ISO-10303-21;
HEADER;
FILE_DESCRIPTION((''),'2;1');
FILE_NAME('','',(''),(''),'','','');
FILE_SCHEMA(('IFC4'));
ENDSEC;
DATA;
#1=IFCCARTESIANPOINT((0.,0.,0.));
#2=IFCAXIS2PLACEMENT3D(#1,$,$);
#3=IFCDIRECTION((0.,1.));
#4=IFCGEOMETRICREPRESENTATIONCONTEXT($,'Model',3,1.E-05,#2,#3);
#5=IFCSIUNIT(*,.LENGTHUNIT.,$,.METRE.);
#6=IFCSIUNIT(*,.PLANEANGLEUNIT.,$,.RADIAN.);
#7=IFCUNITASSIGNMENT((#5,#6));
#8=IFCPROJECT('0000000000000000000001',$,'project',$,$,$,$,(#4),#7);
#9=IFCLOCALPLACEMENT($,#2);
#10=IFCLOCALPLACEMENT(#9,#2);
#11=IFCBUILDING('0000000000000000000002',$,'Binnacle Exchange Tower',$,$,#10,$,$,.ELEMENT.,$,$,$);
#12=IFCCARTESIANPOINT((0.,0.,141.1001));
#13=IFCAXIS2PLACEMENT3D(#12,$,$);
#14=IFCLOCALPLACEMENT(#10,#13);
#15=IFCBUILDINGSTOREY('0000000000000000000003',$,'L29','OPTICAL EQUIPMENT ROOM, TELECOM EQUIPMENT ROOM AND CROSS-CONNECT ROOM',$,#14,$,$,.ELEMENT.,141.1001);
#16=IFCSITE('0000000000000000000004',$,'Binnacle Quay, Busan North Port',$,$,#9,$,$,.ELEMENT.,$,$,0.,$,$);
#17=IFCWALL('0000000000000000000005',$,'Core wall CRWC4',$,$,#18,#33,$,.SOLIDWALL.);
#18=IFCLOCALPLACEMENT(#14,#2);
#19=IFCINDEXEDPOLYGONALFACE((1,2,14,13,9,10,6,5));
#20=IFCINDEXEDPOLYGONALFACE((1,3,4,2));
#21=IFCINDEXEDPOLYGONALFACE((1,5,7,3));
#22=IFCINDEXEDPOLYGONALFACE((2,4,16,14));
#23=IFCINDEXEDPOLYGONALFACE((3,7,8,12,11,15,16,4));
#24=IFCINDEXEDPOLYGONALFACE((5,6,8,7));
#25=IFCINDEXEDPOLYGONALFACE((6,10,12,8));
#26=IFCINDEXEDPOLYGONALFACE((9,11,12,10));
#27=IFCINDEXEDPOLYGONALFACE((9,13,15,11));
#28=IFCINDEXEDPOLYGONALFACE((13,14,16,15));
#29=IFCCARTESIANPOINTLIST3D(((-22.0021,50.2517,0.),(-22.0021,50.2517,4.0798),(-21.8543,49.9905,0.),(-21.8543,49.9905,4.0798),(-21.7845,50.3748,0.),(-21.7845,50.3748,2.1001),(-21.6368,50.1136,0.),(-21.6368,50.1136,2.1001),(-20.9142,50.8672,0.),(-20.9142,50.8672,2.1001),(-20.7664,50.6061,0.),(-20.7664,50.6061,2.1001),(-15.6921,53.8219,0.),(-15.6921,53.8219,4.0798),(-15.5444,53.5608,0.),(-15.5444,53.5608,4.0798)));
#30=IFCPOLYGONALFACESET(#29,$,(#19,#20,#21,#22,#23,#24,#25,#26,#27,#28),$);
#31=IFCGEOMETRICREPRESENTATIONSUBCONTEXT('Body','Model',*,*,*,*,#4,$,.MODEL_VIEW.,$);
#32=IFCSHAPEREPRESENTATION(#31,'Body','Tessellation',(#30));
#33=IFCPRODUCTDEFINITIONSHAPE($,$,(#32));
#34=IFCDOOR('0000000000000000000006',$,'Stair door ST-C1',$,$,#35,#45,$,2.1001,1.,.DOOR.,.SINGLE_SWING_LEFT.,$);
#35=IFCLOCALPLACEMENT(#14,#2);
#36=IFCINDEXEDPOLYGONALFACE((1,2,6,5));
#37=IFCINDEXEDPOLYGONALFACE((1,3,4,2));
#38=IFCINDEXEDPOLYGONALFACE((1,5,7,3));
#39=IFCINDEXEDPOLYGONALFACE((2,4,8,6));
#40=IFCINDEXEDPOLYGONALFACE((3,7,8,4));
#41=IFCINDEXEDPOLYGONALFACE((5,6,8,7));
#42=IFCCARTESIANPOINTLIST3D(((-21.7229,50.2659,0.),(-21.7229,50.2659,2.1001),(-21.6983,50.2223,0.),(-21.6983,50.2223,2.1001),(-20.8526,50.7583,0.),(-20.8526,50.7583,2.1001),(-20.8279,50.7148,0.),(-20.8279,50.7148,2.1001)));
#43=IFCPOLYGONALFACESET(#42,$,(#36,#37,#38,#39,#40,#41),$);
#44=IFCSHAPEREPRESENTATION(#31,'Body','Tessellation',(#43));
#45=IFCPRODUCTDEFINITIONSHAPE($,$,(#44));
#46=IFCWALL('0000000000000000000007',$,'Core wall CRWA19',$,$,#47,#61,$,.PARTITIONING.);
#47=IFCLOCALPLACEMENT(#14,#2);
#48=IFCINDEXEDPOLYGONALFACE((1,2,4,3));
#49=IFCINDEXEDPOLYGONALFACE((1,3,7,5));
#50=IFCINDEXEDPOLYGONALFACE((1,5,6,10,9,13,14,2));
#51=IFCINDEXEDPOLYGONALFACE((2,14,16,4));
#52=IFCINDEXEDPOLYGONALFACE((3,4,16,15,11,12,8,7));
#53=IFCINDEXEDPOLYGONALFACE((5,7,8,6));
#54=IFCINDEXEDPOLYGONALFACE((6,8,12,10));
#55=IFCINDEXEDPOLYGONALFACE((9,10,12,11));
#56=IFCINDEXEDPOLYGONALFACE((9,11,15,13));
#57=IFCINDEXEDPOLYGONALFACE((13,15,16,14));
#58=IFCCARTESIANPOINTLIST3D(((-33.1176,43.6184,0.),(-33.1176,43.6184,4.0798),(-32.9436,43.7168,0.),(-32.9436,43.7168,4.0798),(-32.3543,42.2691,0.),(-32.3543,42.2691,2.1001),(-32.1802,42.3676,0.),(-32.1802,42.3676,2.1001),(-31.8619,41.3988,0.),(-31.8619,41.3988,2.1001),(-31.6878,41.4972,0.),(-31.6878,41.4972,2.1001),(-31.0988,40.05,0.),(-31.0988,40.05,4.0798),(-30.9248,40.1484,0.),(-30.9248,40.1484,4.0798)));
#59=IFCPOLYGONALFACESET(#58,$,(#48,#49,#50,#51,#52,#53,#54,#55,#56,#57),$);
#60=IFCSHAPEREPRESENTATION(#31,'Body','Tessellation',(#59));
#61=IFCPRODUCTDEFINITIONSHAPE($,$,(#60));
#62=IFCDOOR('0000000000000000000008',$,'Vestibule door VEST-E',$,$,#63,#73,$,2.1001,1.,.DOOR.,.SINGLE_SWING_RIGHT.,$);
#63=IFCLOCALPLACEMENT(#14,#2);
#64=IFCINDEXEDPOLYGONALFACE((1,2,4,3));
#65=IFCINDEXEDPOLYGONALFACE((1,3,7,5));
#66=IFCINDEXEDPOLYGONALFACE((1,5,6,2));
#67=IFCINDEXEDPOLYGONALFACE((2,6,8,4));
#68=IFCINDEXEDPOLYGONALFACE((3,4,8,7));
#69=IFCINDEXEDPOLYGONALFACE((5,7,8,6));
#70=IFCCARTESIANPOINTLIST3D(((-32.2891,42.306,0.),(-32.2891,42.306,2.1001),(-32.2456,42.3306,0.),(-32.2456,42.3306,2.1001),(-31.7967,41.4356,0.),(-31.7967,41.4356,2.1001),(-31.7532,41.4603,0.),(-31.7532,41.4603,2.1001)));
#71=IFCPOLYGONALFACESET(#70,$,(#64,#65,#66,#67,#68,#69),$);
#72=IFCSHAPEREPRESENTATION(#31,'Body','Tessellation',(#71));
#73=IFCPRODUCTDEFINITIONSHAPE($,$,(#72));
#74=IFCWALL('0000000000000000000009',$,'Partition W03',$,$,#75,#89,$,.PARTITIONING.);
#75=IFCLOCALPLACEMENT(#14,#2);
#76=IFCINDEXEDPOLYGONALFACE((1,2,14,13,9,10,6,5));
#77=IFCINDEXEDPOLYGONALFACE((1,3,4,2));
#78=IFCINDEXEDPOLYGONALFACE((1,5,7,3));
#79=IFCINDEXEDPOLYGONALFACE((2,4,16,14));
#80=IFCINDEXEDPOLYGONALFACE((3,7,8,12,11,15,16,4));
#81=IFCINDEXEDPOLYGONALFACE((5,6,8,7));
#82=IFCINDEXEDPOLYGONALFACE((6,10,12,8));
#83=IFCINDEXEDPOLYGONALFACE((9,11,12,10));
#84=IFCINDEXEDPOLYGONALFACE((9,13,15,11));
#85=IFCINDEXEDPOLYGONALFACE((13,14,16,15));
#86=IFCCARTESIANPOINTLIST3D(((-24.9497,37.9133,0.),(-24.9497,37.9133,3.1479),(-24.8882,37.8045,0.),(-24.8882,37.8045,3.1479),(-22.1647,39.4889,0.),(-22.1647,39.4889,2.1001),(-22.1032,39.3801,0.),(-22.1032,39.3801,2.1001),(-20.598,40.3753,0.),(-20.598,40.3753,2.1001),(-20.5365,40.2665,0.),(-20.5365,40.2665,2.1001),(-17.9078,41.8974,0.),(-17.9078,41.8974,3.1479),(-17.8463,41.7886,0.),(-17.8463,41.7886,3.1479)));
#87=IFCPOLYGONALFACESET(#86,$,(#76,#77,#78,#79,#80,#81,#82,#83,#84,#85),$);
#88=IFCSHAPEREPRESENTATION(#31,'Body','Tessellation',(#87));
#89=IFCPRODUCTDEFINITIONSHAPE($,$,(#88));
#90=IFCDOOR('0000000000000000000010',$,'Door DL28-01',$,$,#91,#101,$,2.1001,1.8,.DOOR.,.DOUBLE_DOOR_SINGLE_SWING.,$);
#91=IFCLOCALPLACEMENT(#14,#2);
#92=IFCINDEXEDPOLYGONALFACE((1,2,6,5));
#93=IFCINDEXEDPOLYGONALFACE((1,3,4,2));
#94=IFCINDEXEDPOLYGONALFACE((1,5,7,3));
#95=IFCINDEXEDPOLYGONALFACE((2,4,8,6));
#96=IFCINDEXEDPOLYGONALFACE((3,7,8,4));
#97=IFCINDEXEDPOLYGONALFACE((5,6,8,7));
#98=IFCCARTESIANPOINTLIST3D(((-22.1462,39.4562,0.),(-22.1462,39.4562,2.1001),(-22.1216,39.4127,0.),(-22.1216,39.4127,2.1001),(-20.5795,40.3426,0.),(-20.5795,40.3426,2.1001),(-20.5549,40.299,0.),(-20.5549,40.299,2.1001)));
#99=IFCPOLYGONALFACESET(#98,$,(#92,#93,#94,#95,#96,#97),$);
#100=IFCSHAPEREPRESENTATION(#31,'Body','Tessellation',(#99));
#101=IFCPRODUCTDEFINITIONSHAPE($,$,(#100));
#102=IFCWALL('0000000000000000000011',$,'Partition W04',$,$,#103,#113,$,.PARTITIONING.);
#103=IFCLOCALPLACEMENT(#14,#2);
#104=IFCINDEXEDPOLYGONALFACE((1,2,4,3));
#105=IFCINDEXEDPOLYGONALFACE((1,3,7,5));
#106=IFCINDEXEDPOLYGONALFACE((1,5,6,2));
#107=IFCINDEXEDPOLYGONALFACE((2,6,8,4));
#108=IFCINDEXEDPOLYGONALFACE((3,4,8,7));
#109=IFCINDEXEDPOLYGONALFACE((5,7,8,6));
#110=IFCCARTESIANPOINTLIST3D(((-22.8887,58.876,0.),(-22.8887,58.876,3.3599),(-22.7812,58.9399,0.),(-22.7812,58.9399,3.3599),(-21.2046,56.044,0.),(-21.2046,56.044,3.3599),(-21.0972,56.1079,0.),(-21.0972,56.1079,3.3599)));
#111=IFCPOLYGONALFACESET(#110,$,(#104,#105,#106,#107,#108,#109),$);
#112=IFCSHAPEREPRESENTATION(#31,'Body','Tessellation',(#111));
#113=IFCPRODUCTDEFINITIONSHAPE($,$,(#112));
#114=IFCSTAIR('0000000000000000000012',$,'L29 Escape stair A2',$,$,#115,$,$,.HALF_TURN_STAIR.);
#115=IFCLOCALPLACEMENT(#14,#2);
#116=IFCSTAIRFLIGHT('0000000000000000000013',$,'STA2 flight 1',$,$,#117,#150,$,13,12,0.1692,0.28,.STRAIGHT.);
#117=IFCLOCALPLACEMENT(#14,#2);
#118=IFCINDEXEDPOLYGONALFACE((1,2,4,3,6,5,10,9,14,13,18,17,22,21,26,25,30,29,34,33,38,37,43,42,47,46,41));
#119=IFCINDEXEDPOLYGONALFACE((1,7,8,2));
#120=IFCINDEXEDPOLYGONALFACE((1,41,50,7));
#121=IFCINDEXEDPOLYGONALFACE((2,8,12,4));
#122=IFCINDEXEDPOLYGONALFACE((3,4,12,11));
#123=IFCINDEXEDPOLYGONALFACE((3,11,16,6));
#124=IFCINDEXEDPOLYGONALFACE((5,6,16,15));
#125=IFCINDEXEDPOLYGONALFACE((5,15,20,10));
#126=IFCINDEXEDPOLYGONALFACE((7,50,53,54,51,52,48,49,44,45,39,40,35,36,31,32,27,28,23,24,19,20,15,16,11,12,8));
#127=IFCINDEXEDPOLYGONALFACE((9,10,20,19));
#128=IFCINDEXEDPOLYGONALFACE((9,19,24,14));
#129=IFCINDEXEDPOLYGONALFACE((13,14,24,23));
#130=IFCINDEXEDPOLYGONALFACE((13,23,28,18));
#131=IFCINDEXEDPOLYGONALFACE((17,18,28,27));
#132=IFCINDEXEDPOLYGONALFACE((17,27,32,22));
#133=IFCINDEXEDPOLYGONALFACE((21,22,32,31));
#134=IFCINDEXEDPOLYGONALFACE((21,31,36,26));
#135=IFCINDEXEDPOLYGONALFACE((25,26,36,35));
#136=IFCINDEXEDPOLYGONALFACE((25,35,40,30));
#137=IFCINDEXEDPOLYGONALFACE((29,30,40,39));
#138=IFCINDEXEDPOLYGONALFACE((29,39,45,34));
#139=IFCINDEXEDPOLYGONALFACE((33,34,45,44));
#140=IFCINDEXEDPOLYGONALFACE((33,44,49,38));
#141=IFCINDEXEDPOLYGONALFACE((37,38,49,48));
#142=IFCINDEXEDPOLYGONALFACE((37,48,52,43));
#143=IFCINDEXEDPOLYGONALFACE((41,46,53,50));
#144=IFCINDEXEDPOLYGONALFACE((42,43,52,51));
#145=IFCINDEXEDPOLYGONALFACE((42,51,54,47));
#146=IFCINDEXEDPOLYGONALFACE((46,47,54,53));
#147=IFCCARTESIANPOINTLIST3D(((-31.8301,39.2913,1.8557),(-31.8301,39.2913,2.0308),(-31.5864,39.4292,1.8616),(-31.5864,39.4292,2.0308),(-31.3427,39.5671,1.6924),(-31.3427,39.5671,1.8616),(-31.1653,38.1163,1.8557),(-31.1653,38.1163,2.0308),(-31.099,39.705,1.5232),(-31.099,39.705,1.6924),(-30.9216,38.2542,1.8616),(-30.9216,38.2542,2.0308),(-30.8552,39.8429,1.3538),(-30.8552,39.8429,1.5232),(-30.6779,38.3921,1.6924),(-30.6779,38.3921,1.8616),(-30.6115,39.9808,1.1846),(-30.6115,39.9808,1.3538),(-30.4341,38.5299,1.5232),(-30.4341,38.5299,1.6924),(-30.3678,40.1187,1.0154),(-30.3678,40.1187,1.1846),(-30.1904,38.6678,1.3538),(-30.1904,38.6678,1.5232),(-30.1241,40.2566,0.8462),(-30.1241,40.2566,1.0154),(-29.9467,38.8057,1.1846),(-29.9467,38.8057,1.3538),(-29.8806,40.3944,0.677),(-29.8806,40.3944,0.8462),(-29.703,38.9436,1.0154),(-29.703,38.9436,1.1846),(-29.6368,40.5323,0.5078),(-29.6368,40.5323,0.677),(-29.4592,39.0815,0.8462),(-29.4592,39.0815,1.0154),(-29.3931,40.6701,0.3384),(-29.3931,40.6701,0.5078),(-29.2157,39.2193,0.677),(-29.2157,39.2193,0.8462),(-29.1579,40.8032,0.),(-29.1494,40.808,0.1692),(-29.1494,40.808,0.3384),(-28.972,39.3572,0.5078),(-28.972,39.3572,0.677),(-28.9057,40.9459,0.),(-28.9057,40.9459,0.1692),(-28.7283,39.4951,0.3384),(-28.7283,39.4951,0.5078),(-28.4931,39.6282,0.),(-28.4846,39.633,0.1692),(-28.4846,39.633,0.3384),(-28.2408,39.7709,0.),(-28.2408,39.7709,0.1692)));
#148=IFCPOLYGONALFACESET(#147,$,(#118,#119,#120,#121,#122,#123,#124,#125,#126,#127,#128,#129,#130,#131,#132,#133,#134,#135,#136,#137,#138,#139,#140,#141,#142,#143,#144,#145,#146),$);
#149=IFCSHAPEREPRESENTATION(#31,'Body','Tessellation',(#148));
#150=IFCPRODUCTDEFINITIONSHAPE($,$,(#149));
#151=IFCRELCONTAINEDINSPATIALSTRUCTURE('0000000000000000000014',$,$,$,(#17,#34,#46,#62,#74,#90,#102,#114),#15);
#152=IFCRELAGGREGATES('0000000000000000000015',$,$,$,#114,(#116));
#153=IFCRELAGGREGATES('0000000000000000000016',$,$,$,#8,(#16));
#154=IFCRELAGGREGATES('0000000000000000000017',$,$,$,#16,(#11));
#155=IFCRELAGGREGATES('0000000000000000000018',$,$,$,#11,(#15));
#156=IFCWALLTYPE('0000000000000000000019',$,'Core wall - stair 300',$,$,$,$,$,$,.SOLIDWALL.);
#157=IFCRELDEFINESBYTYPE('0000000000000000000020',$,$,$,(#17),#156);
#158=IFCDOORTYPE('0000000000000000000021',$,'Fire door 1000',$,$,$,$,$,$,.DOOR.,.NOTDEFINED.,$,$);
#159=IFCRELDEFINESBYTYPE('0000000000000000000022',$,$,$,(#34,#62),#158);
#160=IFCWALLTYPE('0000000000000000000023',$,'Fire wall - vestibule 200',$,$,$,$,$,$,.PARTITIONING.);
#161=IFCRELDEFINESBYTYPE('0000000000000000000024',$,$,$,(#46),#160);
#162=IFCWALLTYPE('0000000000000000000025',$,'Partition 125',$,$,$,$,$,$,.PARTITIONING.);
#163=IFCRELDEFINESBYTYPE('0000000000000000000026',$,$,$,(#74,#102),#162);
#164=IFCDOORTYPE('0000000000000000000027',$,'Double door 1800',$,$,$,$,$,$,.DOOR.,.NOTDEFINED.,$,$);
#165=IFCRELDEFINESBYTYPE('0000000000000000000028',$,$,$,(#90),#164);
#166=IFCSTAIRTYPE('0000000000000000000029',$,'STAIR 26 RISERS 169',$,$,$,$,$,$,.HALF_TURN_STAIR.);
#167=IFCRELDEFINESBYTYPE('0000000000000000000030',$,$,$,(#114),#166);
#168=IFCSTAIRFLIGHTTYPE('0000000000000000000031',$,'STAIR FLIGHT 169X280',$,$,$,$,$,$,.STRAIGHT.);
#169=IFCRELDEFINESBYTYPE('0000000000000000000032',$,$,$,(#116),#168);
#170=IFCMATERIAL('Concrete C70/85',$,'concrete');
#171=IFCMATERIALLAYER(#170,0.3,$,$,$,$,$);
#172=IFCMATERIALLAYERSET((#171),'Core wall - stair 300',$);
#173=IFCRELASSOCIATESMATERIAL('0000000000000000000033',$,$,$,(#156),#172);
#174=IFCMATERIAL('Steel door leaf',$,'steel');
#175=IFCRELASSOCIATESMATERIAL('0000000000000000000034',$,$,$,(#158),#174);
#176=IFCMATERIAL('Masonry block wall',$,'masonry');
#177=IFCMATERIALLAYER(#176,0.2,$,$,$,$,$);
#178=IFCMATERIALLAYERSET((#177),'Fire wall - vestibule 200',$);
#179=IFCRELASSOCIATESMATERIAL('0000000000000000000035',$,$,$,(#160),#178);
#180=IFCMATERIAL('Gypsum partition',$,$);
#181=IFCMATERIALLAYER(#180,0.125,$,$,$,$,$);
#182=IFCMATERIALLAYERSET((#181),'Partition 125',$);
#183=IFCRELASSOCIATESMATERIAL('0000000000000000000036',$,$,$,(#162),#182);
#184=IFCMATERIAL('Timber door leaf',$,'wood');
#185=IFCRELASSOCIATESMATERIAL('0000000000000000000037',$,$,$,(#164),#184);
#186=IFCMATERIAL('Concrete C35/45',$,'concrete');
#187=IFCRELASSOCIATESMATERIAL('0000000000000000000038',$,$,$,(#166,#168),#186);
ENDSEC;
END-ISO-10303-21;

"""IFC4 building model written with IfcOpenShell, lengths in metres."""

from ifc_helpers import new_model, si_unit, direction, frame, frame_2d, origin, place, context, subcontext, project, spatial, polyline, rectangle, outline, extrude, material, layer, layer_set, type_object, element, fill, aggregate, save


model = new_model("IFC4")

# Units and contexts
model_context = context("Model", 3, precision=1e-05, world=origin(), true_north=direction((0.0, 1.0)))
body_context = subcontext(model_context, "Body", "Model", "MODEL_VIEW")
ifc_project = project(units=[si_unit("LENGTHUNIT", "METRE"), si_unit("PLANEANGLEUNIT", "RADIAN")], contexts=[model_context])

# Site, building, storey
site_placement = place(None, origin())
site = spatial("IfcSite", under=ifc_project, at=site_placement, Name="Binnacle Quay, Busan North Port", CompositionType="ELEMENT", RefElevation=0.0)
building_placement = place(site_placement, origin())
building = spatial("IfcBuilding", under=site, at=building_placement, Name="Binnacle Exchange Tower", CompositionType="ELEMENT")
storey_placement = place(building_placement, frame((0.0, 0.0, 141.1001)))
storey = spatial("IfcBuildingStorey", under=building, at=storey_placement, Name="L29", Description="OPTICAL EQUIPMENT ROOM, TELECOM EQUIPMENT ROOM AND CROSS-CONNECT ROOM", CompositionType="ELEMENT", Elevation=141.1001)

# Shared definitions
ifc_material_1 = material(Name="Concrete C70/85", Category="concrete")

# Shared definitions
ifc_layer_1 = layer(ifc_material_1, 0.3)
ifc_layer_set_1 = layer_set([ifc_layer_1], Name="Core wall - stair 300")
wall_type_1 = type_object("IfcWallType", Name="Core wall - stair 300", PredefinedType="SOLIDWALL", material=ifc_layer_set_1)
ifc_material_2 = material(Name="Steel door leaf", Category="steel")
door_type_1 = type_object("IfcDoorType", Name="Fire door 1000", OperationType="NOTDEFINED", PredefinedType="DOOR", material=ifc_material_2)

# Walls, openings, doors
wall_1_placement = place(storey_placement, frame((-21.9282, 50.1211, 0.0), z_axis=(0.0, 0.0, 1.0), x_axis=(0.870341, 0.49245, 0.0)))
wall_1 = element("IfcWall", 1, at=wall_1_placement, inside=storey, type_object=wall_type_1, Name="Core wall CRWC4", PredefinedType="SOLIDWALL", context=body_context, shape_type="SweptSolid", body=[
    extrude(rectangle(XDim=7.25, YDim=0.3, at=frame_2d((3.625, 0.0))), origin(), (0.0, 0.0, 1.0), 4.0798),
])
opening_1_placement = place(wall_1_placement, frame((0.25, 0.0, 0.0)))
opening_1 = element("IfcOpeningElement", 2, at=opening_1_placement, cuts=wall_1, PredefinedType="OPENING", context=body_context, shape_type="SweptSolid", body=[
    extrude(rectangle(XDim=1.0, YDim=2.1001, at=frame_2d((0.5, 1.05))), frame((0.0, 0.1599, 0.0), z_axis=(0.0, -1.0, 0.0), x_axis=(1.0, 0.0, 0.0)), (0.0, 0.0, 1.0), 0.3201),
])
door_1_placement = place(opening_1_placement, origin())
door_1 = element("IfcDoor", 3, at=door_1_placement, inside=storey, type_object=door_type_1, Name="Stair door ST-C1", OperationType="SINGLE_SWING_LEFT", OverallHeight=2.1001, OverallWidth=1.0, PredefinedType="DOOR", context=body_context, shape_type="SweptSolid", body=[
    extrude(rectangle(XDim=1.0, YDim=2.1001, at=frame_2d((0.5, 1.05))), frame((0.0, 0.0249, 0.0), z_axis=(0.0, -1.0, 0.0), x_axis=(1.0, 0.0, 0.0)), (0.0, 0.0, 1.0), 0.05),
])
fill(opening_1, door_1)
ifc_material_3 = material(Name="Masonry block wall", Category="masonry")
ifc_layer_2 = layer(ifc_material_3, 0.2)
ifc_layer_set_2 = layer_set([ifc_layer_2], Name="Fire wall - vestibule 200")
wall_type_2 = type_object("IfcWallType", Name="Fire wall - vestibule 200", PredefinedType="PARTITIONING", material=ifc_layer_set_2)
wall_2_placement = place(storey_placement, frame((-33.0305, 43.6675, 0.0), z_axis=(0.0, 0.0, 1.0), x_axis=(0.492408, -0.870364, 0.0)))
wall_2 = element("IfcWall", 4, at=wall_2_placement, inside=storey, type_object=wall_type_2, Name="Core wall CRWA19", PredefinedType="PARTITIONING", context=body_context, shape_type="SweptSolid", body=[
    extrude(rectangle(XDim=4.0999, YDim=0.2, at=frame_2d((2.0498, 0.0))), origin(), (0.0, 0.0, 1.0), 4.0798),
])
opening_2_placement = place(wall_2_placement, frame((1.55, 0.0, 0.0)))
opening_2 = element("IfcOpeningElement", 5, at=opening_2_placement, cuts=wall_2, PredefinedType="OPENING", context=body_context, shape_type="SweptSolid", body=[
    extrude(rectangle(XDim=1.0, YDim=2.1001, at=frame_2d((0.5, 1.05))), frame((0.0, 0.1099, 0.0), z_axis=(0.0, -1.0, 0.0), x_axis=(1.0, 0.0, 0.0)), (0.0, 0.0, 1.0), 0.22),
])
door_2_placement = place(opening_2_placement, origin())
door_2 = element("IfcDoor", 6, at=door_2_placement, inside=storey, type_object=door_type_1, Name="Vestibule door VEST-E", OperationType="SINGLE_SWING_RIGHT", OverallHeight=2.1001, OverallWidth=1.0, PredefinedType="DOOR", context=body_context, shape_type="SweptSolid", body=[
    extrude(rectangle(XDim=1.0, YDim=2.1001, at=frame_2d((0.5, 1.05))), frame((0.0, 0.0249, 0.0), z_axis=(0.0, -1.0, 0.0), x_axis=(1.0, 0.0, 0.0)), (0.0, 0.0, 1.0), 0.05),
])
fill(opening_2, door_2)
ifc_material_4 = material(Name="Gypsum partition")
ifc_layer_3 = layer(ifc_material_4, 0.125)
ifc_layer_set_3 = layer_set([ifc_layer_3], Name="Partition 125")
wall_type_3 = type_object("IfcWallType", Name="Partition 125", PredefinedType="PARTITIONING", material=ifc_layer_set_3)
wall_3_placement = place(storey_placement, frame((-24.9189, 37.8589, 0.0), z_axis=(0.0, 0.0, 1.0), x_axis=(0.870358, 0.49242, 0.0)))
wall_3 = element("IfcWall", 7, at=wall_3_placement, inside=storey, type_object=wall_type_3, Name="Partition W03", PredefinedType="PARTITIONING", context=body_context, shape_type="SweptSolid", body=[
    extrude(rectangle(XDim=8.0908, YDim=0.125, at=frame_2d((4.0454, 0.0))), origin(), (0.0, 0.0, 1.0), 3.1479),
])
opening_3_placement = place(wall_3_placement, frame((3.2, 0.0, 0.0)))
opening_3 = element("IfcOpeningElement", 8, at=opening_3_placement, cuts=wall_3, PredefinedType="OPENING", context=body_context, shape_type="SweptSolid", body=[
    extrude(rectangle(XDim=1.8, YDim=2.1001, at=frame_2d((0.8999, 1.05))), frame((0.0, 0.0725, 0.0), z_axis=(0.0, -1.0, 0.0), x_axis=(1.0, 0.0, 0.0)), (0.0, 0.0, 1.0), 0.145),
])
ifc_material_5 = material(Name="Timber door leaf", Category="wood")
door_type_2 = type_object("IfcDoorType", Name="Double door 1800", OperationType="NOTDEFINED", PredefinedType="DOOR", material=ifc_material_5)
door_3_placement = place(opening_3_placement, origin())
door_3 = element("IfcDoor", 9, at=door_3_placement, inside=storey, type_object=door_type_2, Name="Door DL28-01", OperationType="DOUBLE_DOOR_SINGLE_SWING", OverallHeight=2.1001, OverallWidth=1.8, PredefinedType="DOOR", context=body_context, shape_type="SweptSolid", body=[
    extrude(rectangle(XDim=1.8, YDim=2.1001, at=frame_2d((0.8999, 1.05))), frame((0.0, 0.0249, 0.0), z_axis=(0.0, -1.0, 0.0), x_axis=(1.0, 0.0, 0.0)), (0.0, 0.0, 1.0), 0.05),
])
fill(opening_3, door_3)

# Wall
wall_4_placement = place(storey_placement, frame((-22.835, 58.908, 0.0), z_axis=(0.0, 0.0, 1.0), x_axis=(0.511114, -0.859513, 0.0)))
element("IfcWall", 10, at=wall_4_placement, inside=storey, type_object=wall_type_3, Name="Partition W04", PredefinedType="PARTITIONING", context=body_context, shape_type="SweptSolid", body=[
    extrude(rectangle(XDim=3.2949, YDim=0.125, at=frame_2d((1.6475, 0.0))), origin(), (0.0, 0.0, 1.0), 3.3599),
])

# Stair, stair flight
ifc_material_6 = material(Name="Concrete C35/45", Category="concrete")
stair_type = type_object("IfcStairType", Name="STAIR 26 RISERS 169", PredefinedType="HALF_TURN_STAIR", material=ifc_material_6)
stair_placement = place(storey_placement, origin())
stair = element("IfcStair", 11, at=stair_placement, inside=storey, type_object=stair_type, Name="L29 Escape stair A2", PredefinedType="HALF_TURN_STAIR")
stair_flight_type = type_object("IfcStairFlightType", Name="STAIR FLIGHT 169X280", PredefinedType="STRAIGHT", material=ifc_material_6)
stair_flight_placement = place(storey_placement, frame((-28.5732, 40.3584, 0.0), z_axis=(0.0, 0.0, 1.0), x_axis=(-0.870356, -0.492424, 0.0)))
stair_flight = element("IfcStairFlight", 12, at=stair_flight_placement, type_object=stair_flight_type, Name="STA2 flight 1", NumberOfRisers=13, NumberOfTreads=12, PredefinedType="STRAIGHT", RiserHeight=0.1692, TreadLength=0.28, context=body_context, shape_type="SweptSolid", body=[
    extrude(outline(polyline([(0.0, 0.0), (0.0, 0.1692), (0.28, 0.1692), (0.28, 0.3384), (0.5601, 0.3384), (0.5601, 0.5078), (0.8401, 0.5078), (0.8401, 0.677), (1.1201, 0.677), (1.1201, 0.8462), (1.3999, 0.8462), (1.3999, 1.0154), (1.6799, 1.0154), (1.6799, 1.1846), (1.96, 1.1846), (1.96, 1.3538), (2.24, 1.3538), (2.24, 1.5232), (2.52, 1.5232), (2.52, 1.6924), (2.8, 1.6924), (2.8, 1.8616), (3.0801, 1.8616), (3.0801, 2.0308), (3.3601, 2.0308), (3.3601, 2.2), (3.3601, 1.8557), (0.2898, 0.0), (0.0, 0.0)])), frame((0.0, 0.675, 0.0), z_axis=(0.0, -1.0, 0.0), x_axis=(1.0, 0.0, 0.0)), (0.0, 0.0, 1.0), 1.3501),
])
aggregate(stair, [stair_flight])

save(model, "model.ifc")
